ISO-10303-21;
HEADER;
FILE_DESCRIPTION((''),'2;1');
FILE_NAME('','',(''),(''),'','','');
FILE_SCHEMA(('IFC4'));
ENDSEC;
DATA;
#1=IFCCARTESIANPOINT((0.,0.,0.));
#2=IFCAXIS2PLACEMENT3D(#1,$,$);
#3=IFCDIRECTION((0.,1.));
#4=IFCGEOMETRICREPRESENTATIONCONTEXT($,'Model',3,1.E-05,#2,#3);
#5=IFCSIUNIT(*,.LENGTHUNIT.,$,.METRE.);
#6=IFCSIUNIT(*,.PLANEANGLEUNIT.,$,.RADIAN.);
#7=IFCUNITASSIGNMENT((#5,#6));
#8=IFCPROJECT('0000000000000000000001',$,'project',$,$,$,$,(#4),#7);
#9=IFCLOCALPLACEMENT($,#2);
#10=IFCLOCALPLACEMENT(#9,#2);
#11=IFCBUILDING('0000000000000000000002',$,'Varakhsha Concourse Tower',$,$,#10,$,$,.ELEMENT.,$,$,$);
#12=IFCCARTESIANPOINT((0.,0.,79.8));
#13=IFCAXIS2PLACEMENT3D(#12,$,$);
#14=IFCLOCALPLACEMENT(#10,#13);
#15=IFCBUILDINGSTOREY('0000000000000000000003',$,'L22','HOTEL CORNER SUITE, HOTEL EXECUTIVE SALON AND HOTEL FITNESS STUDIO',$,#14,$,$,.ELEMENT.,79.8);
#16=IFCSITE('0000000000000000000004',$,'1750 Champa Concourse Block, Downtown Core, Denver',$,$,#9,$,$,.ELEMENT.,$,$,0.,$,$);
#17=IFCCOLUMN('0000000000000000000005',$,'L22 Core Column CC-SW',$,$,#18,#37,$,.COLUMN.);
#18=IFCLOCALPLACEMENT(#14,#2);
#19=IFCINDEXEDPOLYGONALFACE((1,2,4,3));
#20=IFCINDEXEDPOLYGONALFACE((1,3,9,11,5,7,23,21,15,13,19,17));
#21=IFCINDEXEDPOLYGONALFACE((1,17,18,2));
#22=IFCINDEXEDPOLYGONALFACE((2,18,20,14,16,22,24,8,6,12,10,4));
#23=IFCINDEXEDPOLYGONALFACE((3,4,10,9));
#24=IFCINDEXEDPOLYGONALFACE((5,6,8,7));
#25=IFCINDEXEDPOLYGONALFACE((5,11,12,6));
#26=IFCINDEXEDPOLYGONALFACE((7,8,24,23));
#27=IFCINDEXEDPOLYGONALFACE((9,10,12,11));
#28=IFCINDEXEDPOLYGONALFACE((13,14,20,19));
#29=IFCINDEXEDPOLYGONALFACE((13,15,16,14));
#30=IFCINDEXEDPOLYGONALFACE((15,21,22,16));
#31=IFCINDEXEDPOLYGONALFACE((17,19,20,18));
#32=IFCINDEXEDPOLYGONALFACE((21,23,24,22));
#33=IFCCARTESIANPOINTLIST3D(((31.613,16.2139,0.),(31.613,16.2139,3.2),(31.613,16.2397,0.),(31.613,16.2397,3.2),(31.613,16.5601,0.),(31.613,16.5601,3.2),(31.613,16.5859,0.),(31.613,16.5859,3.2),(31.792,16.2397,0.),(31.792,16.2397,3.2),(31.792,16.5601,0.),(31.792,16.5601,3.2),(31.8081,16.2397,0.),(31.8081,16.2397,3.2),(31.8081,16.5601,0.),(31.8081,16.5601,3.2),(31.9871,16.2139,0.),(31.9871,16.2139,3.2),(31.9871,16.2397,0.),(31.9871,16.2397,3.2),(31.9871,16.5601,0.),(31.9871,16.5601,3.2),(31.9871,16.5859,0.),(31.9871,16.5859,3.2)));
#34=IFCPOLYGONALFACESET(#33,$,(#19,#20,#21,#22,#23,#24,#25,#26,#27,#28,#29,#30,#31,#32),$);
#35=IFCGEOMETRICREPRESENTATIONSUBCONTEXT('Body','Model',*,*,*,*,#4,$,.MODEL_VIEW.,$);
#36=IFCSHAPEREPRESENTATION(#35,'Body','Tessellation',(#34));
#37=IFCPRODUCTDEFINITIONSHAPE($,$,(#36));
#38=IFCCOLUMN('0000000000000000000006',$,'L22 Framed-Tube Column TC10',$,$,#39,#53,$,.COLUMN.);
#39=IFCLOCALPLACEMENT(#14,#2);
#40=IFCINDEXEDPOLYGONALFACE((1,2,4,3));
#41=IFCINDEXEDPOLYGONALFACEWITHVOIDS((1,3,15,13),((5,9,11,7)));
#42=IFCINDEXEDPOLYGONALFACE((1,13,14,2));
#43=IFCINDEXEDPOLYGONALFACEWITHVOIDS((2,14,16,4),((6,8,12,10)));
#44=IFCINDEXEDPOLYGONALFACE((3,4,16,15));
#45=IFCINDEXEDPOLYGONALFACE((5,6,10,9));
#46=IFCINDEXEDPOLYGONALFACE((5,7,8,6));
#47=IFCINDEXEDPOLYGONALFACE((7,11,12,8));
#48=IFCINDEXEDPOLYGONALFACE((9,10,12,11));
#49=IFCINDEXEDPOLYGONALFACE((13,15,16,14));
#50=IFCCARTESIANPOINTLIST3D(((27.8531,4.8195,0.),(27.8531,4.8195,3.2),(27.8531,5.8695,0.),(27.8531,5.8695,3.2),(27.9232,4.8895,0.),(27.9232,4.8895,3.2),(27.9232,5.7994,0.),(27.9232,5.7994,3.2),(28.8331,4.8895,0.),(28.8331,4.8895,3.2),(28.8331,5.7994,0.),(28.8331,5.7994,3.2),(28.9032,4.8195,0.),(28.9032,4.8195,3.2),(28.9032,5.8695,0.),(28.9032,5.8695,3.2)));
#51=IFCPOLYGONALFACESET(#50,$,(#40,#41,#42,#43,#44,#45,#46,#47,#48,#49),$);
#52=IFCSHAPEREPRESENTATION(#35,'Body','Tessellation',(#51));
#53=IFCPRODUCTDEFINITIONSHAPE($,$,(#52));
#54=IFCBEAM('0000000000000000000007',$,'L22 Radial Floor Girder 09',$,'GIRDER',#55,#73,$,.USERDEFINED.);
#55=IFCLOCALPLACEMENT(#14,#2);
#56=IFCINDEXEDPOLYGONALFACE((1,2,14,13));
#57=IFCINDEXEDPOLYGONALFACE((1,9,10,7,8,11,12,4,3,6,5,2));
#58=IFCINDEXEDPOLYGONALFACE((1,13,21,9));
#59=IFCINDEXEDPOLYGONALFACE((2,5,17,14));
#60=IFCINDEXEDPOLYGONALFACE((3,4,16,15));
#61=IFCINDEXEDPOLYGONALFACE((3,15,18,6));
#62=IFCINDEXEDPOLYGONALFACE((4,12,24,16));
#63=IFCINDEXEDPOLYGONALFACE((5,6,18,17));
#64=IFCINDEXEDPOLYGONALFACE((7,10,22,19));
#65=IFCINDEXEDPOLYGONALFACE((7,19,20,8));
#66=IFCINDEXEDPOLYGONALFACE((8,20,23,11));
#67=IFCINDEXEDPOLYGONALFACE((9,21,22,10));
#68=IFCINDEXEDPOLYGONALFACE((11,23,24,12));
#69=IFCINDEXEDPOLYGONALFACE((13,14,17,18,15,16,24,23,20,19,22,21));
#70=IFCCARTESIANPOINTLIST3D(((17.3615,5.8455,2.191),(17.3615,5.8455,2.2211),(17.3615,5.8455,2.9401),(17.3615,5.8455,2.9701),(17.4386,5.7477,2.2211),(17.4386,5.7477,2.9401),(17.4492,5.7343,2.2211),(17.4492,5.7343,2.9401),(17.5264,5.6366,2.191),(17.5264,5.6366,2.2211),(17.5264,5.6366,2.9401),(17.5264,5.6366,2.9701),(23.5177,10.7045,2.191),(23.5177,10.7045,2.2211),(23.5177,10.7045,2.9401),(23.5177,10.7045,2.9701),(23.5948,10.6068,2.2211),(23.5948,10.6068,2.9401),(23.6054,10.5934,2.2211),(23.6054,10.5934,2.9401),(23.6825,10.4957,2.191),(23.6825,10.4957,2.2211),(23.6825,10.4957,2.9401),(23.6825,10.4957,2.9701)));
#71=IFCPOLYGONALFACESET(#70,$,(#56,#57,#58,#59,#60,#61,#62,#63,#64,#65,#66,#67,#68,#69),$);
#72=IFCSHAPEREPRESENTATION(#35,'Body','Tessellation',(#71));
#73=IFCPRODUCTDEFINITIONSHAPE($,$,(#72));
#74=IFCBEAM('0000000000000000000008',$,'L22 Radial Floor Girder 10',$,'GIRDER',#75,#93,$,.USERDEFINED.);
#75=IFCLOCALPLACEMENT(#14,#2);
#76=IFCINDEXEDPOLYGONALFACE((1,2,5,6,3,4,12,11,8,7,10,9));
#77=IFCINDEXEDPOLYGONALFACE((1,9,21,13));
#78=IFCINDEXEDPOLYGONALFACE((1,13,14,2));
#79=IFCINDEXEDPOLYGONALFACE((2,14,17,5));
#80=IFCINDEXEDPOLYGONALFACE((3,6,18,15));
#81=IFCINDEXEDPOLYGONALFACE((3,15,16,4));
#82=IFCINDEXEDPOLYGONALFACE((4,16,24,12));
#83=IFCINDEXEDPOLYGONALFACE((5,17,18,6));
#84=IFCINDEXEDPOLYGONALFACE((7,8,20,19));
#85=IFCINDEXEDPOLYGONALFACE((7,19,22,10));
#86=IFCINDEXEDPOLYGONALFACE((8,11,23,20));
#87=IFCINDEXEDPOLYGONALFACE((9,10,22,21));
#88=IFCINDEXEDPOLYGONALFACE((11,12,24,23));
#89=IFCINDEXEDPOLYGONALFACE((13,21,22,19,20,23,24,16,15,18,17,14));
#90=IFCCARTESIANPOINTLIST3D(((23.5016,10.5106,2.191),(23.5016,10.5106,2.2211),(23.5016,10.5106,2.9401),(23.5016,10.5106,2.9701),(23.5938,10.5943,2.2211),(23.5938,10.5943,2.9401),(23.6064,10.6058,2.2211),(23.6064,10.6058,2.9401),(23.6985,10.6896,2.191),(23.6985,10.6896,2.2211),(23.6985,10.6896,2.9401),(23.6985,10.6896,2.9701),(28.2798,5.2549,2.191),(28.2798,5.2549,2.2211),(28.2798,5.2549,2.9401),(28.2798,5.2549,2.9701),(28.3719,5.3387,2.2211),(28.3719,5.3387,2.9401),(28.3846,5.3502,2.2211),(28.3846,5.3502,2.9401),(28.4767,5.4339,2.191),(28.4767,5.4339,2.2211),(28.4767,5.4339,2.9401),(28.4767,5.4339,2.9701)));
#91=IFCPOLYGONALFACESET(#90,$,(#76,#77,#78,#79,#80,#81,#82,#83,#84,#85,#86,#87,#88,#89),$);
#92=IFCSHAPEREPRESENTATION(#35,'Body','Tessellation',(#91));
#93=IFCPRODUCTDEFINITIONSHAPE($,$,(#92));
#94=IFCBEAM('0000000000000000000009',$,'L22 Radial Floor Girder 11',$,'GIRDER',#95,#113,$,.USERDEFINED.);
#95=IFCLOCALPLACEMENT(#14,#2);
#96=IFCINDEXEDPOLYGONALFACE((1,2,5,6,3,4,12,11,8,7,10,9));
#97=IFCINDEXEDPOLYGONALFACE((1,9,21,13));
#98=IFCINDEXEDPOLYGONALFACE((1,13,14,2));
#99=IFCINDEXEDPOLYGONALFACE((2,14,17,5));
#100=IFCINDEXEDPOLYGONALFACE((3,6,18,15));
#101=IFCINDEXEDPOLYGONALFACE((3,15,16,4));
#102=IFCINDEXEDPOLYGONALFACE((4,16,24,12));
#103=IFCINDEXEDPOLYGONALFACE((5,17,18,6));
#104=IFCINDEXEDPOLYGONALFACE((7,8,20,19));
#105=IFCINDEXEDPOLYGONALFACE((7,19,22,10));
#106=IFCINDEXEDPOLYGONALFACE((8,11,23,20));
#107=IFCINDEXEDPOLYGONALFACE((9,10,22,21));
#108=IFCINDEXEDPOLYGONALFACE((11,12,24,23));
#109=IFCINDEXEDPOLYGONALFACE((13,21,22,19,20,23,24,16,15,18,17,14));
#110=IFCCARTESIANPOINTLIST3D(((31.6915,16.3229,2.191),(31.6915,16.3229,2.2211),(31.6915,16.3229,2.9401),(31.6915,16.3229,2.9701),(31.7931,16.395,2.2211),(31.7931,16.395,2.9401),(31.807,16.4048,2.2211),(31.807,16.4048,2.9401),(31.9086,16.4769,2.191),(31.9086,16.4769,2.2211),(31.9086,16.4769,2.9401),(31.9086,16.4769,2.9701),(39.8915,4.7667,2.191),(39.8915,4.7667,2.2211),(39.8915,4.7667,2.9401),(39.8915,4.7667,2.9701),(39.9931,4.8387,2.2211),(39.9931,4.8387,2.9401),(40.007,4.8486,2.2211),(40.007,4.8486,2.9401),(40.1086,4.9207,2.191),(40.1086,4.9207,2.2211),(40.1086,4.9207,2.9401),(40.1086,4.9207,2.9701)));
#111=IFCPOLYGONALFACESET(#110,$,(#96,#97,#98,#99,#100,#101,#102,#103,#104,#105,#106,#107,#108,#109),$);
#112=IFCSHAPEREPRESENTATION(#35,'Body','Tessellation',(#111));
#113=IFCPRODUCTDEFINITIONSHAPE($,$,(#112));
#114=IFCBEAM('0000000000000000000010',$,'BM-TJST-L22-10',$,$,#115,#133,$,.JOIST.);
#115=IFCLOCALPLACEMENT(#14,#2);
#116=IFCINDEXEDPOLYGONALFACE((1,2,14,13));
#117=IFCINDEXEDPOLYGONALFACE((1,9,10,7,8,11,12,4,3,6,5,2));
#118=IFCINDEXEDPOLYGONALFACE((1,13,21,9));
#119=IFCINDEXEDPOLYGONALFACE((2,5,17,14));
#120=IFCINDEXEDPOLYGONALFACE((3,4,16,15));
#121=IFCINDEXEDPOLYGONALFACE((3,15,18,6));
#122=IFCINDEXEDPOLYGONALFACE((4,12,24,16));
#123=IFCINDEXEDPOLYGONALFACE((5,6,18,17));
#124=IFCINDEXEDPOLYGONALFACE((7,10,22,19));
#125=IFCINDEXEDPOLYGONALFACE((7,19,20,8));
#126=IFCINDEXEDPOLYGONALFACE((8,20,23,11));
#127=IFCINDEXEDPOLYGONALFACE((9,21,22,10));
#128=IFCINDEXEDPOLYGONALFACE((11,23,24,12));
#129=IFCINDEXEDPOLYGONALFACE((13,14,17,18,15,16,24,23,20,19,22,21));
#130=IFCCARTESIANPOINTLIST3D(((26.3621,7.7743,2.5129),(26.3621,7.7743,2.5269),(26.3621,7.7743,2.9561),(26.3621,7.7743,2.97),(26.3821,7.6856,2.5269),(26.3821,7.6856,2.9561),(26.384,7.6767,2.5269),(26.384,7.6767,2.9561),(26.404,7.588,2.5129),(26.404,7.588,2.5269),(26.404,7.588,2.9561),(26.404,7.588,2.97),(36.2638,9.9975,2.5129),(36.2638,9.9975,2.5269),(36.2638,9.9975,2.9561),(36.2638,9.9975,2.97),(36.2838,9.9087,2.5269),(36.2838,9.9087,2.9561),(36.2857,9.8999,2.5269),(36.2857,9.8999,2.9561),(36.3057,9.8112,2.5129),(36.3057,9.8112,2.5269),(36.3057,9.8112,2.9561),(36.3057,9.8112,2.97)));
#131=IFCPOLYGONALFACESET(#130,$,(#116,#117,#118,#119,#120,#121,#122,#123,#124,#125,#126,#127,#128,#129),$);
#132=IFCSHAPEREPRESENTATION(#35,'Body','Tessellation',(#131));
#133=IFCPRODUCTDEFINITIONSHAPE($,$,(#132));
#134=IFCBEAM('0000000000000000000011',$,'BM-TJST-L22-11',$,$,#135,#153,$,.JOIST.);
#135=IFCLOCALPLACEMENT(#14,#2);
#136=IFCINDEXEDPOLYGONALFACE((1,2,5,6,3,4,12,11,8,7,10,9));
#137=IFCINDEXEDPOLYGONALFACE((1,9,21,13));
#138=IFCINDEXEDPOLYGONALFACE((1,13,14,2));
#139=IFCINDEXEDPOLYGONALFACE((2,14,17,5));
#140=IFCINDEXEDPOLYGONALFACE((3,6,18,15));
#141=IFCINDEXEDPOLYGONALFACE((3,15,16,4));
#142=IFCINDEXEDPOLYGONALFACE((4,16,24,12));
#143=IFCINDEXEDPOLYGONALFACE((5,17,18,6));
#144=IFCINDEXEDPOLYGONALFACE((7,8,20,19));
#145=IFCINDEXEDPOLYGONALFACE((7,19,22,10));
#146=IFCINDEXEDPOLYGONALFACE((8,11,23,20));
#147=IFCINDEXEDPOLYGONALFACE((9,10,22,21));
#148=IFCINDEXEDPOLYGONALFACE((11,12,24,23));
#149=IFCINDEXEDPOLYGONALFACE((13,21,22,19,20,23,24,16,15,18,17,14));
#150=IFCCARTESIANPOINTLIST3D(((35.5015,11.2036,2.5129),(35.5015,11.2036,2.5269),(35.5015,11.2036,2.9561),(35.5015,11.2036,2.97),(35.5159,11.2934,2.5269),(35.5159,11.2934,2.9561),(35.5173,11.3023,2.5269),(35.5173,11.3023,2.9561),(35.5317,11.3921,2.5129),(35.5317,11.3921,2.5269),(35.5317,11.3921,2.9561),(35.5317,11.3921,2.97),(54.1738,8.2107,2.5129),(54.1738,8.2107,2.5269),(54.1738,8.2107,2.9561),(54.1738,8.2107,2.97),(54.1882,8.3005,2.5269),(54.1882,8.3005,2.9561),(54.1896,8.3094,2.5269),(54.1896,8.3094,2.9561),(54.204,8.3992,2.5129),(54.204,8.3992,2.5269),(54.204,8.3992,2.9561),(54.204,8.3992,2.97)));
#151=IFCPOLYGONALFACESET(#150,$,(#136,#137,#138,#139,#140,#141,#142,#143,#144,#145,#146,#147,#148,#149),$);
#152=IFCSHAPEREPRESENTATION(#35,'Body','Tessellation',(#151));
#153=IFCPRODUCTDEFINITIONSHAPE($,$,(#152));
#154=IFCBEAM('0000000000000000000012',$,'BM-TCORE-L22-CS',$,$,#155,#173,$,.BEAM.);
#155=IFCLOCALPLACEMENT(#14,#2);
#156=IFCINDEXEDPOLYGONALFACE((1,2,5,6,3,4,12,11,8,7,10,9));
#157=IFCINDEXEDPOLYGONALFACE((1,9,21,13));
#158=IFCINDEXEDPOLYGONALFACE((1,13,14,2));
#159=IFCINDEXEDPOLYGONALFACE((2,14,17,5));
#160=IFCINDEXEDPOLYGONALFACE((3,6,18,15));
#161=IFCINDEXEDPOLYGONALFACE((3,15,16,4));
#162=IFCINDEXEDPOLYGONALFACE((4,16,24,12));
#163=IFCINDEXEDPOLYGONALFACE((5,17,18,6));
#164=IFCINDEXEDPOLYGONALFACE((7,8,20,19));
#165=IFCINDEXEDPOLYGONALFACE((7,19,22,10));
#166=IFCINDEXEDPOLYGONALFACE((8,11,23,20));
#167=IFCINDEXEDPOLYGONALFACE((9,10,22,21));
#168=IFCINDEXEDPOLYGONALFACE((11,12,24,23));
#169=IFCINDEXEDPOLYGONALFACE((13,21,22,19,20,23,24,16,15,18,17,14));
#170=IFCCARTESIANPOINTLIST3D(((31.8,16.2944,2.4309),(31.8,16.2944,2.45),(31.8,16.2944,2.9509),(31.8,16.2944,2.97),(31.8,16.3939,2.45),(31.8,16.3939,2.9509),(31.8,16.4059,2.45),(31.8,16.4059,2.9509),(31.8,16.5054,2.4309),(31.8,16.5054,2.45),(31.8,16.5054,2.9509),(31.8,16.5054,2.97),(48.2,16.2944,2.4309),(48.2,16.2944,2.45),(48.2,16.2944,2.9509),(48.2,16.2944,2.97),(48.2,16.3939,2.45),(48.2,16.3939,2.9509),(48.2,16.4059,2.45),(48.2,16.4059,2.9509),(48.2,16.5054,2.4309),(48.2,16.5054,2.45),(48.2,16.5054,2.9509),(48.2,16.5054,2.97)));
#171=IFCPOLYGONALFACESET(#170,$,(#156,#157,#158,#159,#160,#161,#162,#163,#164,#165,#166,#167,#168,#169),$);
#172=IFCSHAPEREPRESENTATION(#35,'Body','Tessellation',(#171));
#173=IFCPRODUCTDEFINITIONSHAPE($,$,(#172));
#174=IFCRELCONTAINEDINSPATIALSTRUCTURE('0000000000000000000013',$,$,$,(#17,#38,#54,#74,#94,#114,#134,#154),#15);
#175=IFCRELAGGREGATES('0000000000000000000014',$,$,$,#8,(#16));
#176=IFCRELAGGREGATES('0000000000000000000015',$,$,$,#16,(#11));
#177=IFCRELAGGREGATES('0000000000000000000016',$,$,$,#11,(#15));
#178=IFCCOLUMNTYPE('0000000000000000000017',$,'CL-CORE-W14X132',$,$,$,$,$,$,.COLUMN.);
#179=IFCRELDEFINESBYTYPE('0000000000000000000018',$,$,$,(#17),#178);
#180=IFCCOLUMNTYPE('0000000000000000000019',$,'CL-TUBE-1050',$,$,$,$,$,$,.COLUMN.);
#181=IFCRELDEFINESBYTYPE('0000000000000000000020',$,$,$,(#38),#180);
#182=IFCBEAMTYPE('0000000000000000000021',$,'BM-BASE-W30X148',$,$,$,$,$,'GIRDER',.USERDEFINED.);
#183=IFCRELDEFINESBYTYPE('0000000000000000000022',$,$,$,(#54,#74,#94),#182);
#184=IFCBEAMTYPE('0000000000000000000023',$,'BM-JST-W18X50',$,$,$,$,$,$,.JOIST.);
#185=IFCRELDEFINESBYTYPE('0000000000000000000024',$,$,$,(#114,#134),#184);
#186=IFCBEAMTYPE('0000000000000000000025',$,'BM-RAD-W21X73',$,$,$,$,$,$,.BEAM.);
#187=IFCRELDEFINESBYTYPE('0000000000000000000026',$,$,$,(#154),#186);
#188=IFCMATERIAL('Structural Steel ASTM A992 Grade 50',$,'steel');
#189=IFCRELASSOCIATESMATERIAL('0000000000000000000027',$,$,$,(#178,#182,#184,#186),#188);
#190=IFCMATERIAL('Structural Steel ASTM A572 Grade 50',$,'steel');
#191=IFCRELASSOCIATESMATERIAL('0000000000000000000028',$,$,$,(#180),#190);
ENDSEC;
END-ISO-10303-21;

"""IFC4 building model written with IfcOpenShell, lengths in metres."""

from ifc_helpers import new_model, si_unit, direction, frame, origin, origin_2d, place, context, subcontext, project, spatial, hollow_rectangle, i_section, extrude, material, material_profile, profile_set, type_object, element, save


model = new_model("IFC4")

# Units and contexts
model_context = context("Model", 3, precision=1e-05, world=origin(), true_north=direction((0.0, 1.0)))
body_context = subcontext(model_context, "Body", "Model", "MODEL_VIEW")
ifc_project = project(units=[si_unit("LENGTHUNIT", "METRE"), si_unit("PLANEANGLEUNIT", "RADIAN")], contexts=[model_context])

# Site, building, storey
site_placement = place(None, origin())
site = spatial("IfcSite", under=ifc_project, at=site_placement, Name="1750 Champa Concourse Block, Downtown Core, Denver", CompositionType="ELEMENT", RefElevation=0.0)
building_placement = place(site_placement, origin())
building = spatial("IfcBuilding", under=site, at=building_placement, Name="Varakhsha Concourse Tower", CompositionType="ELEMENT")
storey_placement = place(building_placement, frame((0.0, 0.0, 79.8)))
storey = spatial("IfcBuildingStorey", under=building, at=storey_placement, Name="L22", Description="HOTEL CORNER SUITE, HOTEL EXECUTIVE SALON AND HOTEL FITNESS STUDIO", CompositionType="ELEMENT", Elevation=79.8)

# Columns
ifc_material_1 = material(Name="Structural Steel ASTM A992 Grade 50", Category="steel")
ifc_material_profile_1 = material_profile(ifc_material_1, i_section(OverallWidth=0.374, OverallDepth=0.3721, WebThickness=0.0161, FlangeThickness=0.0259, at=origin_2d()), Name="W14X132")
ifc_profile_set_1 = profile_set([ifc_material_profile_1], Name="Structural Steel ASTM A992 Grade 50")
column_type_1 = type_object("IfcColumnType", Name="CL-CORE-W14X132", PredefinedType="COLUMN", material=ifc_profile_set_1)
column_1_placement = place(storey_placement, frame((31.8, 16.3999, 0.0), z_axis=(0.0, 0.0, 1.0), x_axis=(1.0, 0.0, 0.0)))
element("IfcColumn", 1, at=column_1_placement, inside=storey, type_object=column_type_1, Name="L22 Core Column CC-SW", PredefinedType="COLUMN", context=body_context, shape_type="SweptSolid", body=[
    extrude(i_section(OverallWidth=0.374, OverallDepth=0.3721, WebThickness=0.0161, FlangeThickness=0.0259, at=origin_2d()), origin(), (0.0, 0.0, 1.0), 3.2),
])
ifc_material_2 = material(Name="Structural Steel ASTM A572 Grade 50", Category="steel")
ifc_material_profile_2 = material_profile(ifc_material_2, hollow_rectangle(XDim=1.05, YDim=1.05, WallThickness=0.0701, at=origin_2d()), Name="BOX 1050x1050x70")
ifc_profile_set_2 = profile_set([ifc_material_profile_2], Name="Structural Steel ASTM A572 Grade 50")
column_type_2 = type_object("IfcColumnType", Name="CL-TUBE-1050", PredefinedType="COLUMN", material=ifc_profile_set_2)
column_2_placement = place(storey_placement, frame((28.3782, 5.3445, 0.0), z_axis=(0.0, 0.0, 1.0), x_axis=(1.0, 0.0, 0.0)))
element("IfcColumn", 2, at=column_2_placement, inside=storey, type_object=column_type_2, Name="L22 Framed-Tube Column TC10", PredefinedType="COLUMN", context=body_context, shape_type="SweptSolid", body=[
    extrude(hollow_rectangle(XDim=1.05, YDim=1.05, WallThickness=0.0701, at=origin_2d()), origin(), (0.0, 0.0, 1.0), 3.2),
])

# Beams
ifc_material_profile_3 = material_profile(ifc_material_1, i_section(OverallWidth=0.2661, OverallDepth=0.7791, WebThickness=0.0171, FlangeThickness=0.03, at=origin_2d()), Name="W30X148")
ifc_profile_set_3 = profile_set([ifc_material_profile_3], Name="Structural Steel ASTM A992 Grade 50")
beam_type_1 = type_object("IfcBeamType", Name="BM-BASE-W30X148", ElementType="GIRDER", PredefinedType="USERDEFINED", material=ifc_profile_set_3)
beam_1_placement = place(storey_placement, frame((23.6001, 10.6001, 2.5806), z_axis=(-0.784949, -0.619561, 0.0), x_axis=(0.619561, -0.784949, 0.0)))
element("IfcBeam", 3, at=beam_1_placement, inside=storey, type_object=beam_type_1, Name="L22 Radial Floor Girder 09", ObjectType="GIRDER", PredefinedType="USERDEFINED", context=body_context, shape_type="SweptSolid", body=[
    extrude(i_section(OverallWidth=0.2661, OverallDepth=0.7791, WebThickness=0.0171, FlangeThickness=0.03, at=origin_2d()), origin(), (0.0, 0.0, 1.0), 7.8428),
])
beam_2_placement = place(storey_placement, frame((23.6001, 10.6001, 2.5806), z_axis=(0.672692, -0.739923, 0.0), x_axis=(0.739923, 0.672692, 0.0)))
element("IfcBeam", 4, at=beam_2_placement, inside=storey, type_object=beam_type_1, Name="L22 Radial Floor Girder 10", ObjectType="GIRDER", PredefinedType="USERDEFINED", context=body_context, shape_type="SweptSolid", body=[
    extrude(i_section(OverallWidth=0.2661, OverallDepth=0.7791, WebThickness=0.0171, FlangeThickness=0.03, at=origin_2d()), origin(), (0.0, 0.0, 1.0), 7.103),
])
beam_3_placement = place(storey_placement, frame((31.8, 16.3999, 2.5806), z_axis=(0.578691, -0.815547, 0.0), x_axis=(0.815547, 0.578691, 0.0)))
element("IfcBeam", 5, at=beam_3_placement, inside=storey, type_object=beam_type_1, Name="L22 Radial Floor Girder 11", ObjectType="GIRDER", PredefinedType="USERDEFINED", context=body_context, shape_type="SweptSolid", body=[
    extrude(i_section(OverallWidth=0.2661, OverallDepth=0.7791, WebThickness=0.0171, FlangeThickness=0.03, at=origin_2d()), origin(), (0.0, 0.0, 1.0), 14.1699),
])
ifc_material_profile_4 = material_profile(ifc_material_1, i_section(OverallWidth=0.1909, OverallDepth=0.457, WebThickness=0.009, FlangeThickness=0.0139, at=origin_2d()), Name="W18X50")
ifc_profile_set_4 = profile_set([ifc_material_profile_4], Name="Structural Steel ASTM A992 Grade 50")
beam_type_2 = type_object("IfcBeamType", Name="BM-JST-W18X50", PredefinedType="JOIST", material=ifc_profile_set_4)
beam_4_placement = place(storey_placement, frame((26.3831, 7.6812, 2.7415), z_axis=(0.975709, 0.21907, 0.0), x_axis=(-0.21907, 0.975709, 0.0)))
element("IfcBeam", 6, at=beam_4_placement, inside=storey, type_object=beam_type_2, Name="BM-TJST-L22-10", PredefinedType="JOIST", context=body_context, shape_type="SweptSolid", body=[
    extrude(i_section(OverallWidth=0.1909, OverallDepth=0.457, WebThickness=0.009, FlangeThickness=0.0139, at=origin_2d()), origin(), (0.0, 0.0, 1.0), 10.1482),
])
beam_5_placement = place(storey_placement, frame((35.5166, 11.2979, 2.7415), z_axis=(0.987397, -0.158266, 0.0), x_axis=(0.158266, 0.987397, 0.0)))
element("IfcBeam", 7, at=beam_5_placement, inside=storey, type_object=beam_type_2, Name="BM-TJST-L22-11", PredefinedType="JOIST", context=body_context, shape_type="SweptSolid", body=[
    extrude(i_section(OverallWidth=0.1909, OverallDepth=0.457, WebThickness=0.009, FlangeThickness=0.0139, at=origin_2d()), origin(), (0.0, 0.0, 1.0), 18.9106),
])
ifc_material_profile_5 = material_profile(ifc_material_1, i_section(OverallWidth=0.2109, OverallDepth=0.5391, WebThickness=0.012, FlangeThickness=0.019, at=origin_2d()), Name="W21X73")
ifc_profile_set_5 = profile_set([ifc_material_profile_5], Name="Structural Steel ASTM A992 Grade 50")
beam_type_3 = type_object("IfcBeamType", Name="BM-RAD-W21X73", PredefinedType="BEAM", material=ifc_profile_set_5)
beam_6_placement = place(storey_placement, frame((31.8, 16.3999, 2.7004), z_axis=(1.0, 0.0, 0.0), x_axis=(0.0, 1.0, 0.0)))
element("IfcBeam", 8, at=beam_6_placement, inside=storey, type_object=beam_type_3, Name="BM-TCORE-L22-CS", PredefinedType="BEAM", context=body_context, shape_type="SweptSolid", body=[
    extrude(i_section(OverallWidth=0.2109, OverallDepth=0.5391, WebThickness=0.012, FlangeThickness=0.019, at=origin_2d()), origin(), (0.0, 0.0, 1.0), 16.3999),
])

save(model, "model.ifc")
